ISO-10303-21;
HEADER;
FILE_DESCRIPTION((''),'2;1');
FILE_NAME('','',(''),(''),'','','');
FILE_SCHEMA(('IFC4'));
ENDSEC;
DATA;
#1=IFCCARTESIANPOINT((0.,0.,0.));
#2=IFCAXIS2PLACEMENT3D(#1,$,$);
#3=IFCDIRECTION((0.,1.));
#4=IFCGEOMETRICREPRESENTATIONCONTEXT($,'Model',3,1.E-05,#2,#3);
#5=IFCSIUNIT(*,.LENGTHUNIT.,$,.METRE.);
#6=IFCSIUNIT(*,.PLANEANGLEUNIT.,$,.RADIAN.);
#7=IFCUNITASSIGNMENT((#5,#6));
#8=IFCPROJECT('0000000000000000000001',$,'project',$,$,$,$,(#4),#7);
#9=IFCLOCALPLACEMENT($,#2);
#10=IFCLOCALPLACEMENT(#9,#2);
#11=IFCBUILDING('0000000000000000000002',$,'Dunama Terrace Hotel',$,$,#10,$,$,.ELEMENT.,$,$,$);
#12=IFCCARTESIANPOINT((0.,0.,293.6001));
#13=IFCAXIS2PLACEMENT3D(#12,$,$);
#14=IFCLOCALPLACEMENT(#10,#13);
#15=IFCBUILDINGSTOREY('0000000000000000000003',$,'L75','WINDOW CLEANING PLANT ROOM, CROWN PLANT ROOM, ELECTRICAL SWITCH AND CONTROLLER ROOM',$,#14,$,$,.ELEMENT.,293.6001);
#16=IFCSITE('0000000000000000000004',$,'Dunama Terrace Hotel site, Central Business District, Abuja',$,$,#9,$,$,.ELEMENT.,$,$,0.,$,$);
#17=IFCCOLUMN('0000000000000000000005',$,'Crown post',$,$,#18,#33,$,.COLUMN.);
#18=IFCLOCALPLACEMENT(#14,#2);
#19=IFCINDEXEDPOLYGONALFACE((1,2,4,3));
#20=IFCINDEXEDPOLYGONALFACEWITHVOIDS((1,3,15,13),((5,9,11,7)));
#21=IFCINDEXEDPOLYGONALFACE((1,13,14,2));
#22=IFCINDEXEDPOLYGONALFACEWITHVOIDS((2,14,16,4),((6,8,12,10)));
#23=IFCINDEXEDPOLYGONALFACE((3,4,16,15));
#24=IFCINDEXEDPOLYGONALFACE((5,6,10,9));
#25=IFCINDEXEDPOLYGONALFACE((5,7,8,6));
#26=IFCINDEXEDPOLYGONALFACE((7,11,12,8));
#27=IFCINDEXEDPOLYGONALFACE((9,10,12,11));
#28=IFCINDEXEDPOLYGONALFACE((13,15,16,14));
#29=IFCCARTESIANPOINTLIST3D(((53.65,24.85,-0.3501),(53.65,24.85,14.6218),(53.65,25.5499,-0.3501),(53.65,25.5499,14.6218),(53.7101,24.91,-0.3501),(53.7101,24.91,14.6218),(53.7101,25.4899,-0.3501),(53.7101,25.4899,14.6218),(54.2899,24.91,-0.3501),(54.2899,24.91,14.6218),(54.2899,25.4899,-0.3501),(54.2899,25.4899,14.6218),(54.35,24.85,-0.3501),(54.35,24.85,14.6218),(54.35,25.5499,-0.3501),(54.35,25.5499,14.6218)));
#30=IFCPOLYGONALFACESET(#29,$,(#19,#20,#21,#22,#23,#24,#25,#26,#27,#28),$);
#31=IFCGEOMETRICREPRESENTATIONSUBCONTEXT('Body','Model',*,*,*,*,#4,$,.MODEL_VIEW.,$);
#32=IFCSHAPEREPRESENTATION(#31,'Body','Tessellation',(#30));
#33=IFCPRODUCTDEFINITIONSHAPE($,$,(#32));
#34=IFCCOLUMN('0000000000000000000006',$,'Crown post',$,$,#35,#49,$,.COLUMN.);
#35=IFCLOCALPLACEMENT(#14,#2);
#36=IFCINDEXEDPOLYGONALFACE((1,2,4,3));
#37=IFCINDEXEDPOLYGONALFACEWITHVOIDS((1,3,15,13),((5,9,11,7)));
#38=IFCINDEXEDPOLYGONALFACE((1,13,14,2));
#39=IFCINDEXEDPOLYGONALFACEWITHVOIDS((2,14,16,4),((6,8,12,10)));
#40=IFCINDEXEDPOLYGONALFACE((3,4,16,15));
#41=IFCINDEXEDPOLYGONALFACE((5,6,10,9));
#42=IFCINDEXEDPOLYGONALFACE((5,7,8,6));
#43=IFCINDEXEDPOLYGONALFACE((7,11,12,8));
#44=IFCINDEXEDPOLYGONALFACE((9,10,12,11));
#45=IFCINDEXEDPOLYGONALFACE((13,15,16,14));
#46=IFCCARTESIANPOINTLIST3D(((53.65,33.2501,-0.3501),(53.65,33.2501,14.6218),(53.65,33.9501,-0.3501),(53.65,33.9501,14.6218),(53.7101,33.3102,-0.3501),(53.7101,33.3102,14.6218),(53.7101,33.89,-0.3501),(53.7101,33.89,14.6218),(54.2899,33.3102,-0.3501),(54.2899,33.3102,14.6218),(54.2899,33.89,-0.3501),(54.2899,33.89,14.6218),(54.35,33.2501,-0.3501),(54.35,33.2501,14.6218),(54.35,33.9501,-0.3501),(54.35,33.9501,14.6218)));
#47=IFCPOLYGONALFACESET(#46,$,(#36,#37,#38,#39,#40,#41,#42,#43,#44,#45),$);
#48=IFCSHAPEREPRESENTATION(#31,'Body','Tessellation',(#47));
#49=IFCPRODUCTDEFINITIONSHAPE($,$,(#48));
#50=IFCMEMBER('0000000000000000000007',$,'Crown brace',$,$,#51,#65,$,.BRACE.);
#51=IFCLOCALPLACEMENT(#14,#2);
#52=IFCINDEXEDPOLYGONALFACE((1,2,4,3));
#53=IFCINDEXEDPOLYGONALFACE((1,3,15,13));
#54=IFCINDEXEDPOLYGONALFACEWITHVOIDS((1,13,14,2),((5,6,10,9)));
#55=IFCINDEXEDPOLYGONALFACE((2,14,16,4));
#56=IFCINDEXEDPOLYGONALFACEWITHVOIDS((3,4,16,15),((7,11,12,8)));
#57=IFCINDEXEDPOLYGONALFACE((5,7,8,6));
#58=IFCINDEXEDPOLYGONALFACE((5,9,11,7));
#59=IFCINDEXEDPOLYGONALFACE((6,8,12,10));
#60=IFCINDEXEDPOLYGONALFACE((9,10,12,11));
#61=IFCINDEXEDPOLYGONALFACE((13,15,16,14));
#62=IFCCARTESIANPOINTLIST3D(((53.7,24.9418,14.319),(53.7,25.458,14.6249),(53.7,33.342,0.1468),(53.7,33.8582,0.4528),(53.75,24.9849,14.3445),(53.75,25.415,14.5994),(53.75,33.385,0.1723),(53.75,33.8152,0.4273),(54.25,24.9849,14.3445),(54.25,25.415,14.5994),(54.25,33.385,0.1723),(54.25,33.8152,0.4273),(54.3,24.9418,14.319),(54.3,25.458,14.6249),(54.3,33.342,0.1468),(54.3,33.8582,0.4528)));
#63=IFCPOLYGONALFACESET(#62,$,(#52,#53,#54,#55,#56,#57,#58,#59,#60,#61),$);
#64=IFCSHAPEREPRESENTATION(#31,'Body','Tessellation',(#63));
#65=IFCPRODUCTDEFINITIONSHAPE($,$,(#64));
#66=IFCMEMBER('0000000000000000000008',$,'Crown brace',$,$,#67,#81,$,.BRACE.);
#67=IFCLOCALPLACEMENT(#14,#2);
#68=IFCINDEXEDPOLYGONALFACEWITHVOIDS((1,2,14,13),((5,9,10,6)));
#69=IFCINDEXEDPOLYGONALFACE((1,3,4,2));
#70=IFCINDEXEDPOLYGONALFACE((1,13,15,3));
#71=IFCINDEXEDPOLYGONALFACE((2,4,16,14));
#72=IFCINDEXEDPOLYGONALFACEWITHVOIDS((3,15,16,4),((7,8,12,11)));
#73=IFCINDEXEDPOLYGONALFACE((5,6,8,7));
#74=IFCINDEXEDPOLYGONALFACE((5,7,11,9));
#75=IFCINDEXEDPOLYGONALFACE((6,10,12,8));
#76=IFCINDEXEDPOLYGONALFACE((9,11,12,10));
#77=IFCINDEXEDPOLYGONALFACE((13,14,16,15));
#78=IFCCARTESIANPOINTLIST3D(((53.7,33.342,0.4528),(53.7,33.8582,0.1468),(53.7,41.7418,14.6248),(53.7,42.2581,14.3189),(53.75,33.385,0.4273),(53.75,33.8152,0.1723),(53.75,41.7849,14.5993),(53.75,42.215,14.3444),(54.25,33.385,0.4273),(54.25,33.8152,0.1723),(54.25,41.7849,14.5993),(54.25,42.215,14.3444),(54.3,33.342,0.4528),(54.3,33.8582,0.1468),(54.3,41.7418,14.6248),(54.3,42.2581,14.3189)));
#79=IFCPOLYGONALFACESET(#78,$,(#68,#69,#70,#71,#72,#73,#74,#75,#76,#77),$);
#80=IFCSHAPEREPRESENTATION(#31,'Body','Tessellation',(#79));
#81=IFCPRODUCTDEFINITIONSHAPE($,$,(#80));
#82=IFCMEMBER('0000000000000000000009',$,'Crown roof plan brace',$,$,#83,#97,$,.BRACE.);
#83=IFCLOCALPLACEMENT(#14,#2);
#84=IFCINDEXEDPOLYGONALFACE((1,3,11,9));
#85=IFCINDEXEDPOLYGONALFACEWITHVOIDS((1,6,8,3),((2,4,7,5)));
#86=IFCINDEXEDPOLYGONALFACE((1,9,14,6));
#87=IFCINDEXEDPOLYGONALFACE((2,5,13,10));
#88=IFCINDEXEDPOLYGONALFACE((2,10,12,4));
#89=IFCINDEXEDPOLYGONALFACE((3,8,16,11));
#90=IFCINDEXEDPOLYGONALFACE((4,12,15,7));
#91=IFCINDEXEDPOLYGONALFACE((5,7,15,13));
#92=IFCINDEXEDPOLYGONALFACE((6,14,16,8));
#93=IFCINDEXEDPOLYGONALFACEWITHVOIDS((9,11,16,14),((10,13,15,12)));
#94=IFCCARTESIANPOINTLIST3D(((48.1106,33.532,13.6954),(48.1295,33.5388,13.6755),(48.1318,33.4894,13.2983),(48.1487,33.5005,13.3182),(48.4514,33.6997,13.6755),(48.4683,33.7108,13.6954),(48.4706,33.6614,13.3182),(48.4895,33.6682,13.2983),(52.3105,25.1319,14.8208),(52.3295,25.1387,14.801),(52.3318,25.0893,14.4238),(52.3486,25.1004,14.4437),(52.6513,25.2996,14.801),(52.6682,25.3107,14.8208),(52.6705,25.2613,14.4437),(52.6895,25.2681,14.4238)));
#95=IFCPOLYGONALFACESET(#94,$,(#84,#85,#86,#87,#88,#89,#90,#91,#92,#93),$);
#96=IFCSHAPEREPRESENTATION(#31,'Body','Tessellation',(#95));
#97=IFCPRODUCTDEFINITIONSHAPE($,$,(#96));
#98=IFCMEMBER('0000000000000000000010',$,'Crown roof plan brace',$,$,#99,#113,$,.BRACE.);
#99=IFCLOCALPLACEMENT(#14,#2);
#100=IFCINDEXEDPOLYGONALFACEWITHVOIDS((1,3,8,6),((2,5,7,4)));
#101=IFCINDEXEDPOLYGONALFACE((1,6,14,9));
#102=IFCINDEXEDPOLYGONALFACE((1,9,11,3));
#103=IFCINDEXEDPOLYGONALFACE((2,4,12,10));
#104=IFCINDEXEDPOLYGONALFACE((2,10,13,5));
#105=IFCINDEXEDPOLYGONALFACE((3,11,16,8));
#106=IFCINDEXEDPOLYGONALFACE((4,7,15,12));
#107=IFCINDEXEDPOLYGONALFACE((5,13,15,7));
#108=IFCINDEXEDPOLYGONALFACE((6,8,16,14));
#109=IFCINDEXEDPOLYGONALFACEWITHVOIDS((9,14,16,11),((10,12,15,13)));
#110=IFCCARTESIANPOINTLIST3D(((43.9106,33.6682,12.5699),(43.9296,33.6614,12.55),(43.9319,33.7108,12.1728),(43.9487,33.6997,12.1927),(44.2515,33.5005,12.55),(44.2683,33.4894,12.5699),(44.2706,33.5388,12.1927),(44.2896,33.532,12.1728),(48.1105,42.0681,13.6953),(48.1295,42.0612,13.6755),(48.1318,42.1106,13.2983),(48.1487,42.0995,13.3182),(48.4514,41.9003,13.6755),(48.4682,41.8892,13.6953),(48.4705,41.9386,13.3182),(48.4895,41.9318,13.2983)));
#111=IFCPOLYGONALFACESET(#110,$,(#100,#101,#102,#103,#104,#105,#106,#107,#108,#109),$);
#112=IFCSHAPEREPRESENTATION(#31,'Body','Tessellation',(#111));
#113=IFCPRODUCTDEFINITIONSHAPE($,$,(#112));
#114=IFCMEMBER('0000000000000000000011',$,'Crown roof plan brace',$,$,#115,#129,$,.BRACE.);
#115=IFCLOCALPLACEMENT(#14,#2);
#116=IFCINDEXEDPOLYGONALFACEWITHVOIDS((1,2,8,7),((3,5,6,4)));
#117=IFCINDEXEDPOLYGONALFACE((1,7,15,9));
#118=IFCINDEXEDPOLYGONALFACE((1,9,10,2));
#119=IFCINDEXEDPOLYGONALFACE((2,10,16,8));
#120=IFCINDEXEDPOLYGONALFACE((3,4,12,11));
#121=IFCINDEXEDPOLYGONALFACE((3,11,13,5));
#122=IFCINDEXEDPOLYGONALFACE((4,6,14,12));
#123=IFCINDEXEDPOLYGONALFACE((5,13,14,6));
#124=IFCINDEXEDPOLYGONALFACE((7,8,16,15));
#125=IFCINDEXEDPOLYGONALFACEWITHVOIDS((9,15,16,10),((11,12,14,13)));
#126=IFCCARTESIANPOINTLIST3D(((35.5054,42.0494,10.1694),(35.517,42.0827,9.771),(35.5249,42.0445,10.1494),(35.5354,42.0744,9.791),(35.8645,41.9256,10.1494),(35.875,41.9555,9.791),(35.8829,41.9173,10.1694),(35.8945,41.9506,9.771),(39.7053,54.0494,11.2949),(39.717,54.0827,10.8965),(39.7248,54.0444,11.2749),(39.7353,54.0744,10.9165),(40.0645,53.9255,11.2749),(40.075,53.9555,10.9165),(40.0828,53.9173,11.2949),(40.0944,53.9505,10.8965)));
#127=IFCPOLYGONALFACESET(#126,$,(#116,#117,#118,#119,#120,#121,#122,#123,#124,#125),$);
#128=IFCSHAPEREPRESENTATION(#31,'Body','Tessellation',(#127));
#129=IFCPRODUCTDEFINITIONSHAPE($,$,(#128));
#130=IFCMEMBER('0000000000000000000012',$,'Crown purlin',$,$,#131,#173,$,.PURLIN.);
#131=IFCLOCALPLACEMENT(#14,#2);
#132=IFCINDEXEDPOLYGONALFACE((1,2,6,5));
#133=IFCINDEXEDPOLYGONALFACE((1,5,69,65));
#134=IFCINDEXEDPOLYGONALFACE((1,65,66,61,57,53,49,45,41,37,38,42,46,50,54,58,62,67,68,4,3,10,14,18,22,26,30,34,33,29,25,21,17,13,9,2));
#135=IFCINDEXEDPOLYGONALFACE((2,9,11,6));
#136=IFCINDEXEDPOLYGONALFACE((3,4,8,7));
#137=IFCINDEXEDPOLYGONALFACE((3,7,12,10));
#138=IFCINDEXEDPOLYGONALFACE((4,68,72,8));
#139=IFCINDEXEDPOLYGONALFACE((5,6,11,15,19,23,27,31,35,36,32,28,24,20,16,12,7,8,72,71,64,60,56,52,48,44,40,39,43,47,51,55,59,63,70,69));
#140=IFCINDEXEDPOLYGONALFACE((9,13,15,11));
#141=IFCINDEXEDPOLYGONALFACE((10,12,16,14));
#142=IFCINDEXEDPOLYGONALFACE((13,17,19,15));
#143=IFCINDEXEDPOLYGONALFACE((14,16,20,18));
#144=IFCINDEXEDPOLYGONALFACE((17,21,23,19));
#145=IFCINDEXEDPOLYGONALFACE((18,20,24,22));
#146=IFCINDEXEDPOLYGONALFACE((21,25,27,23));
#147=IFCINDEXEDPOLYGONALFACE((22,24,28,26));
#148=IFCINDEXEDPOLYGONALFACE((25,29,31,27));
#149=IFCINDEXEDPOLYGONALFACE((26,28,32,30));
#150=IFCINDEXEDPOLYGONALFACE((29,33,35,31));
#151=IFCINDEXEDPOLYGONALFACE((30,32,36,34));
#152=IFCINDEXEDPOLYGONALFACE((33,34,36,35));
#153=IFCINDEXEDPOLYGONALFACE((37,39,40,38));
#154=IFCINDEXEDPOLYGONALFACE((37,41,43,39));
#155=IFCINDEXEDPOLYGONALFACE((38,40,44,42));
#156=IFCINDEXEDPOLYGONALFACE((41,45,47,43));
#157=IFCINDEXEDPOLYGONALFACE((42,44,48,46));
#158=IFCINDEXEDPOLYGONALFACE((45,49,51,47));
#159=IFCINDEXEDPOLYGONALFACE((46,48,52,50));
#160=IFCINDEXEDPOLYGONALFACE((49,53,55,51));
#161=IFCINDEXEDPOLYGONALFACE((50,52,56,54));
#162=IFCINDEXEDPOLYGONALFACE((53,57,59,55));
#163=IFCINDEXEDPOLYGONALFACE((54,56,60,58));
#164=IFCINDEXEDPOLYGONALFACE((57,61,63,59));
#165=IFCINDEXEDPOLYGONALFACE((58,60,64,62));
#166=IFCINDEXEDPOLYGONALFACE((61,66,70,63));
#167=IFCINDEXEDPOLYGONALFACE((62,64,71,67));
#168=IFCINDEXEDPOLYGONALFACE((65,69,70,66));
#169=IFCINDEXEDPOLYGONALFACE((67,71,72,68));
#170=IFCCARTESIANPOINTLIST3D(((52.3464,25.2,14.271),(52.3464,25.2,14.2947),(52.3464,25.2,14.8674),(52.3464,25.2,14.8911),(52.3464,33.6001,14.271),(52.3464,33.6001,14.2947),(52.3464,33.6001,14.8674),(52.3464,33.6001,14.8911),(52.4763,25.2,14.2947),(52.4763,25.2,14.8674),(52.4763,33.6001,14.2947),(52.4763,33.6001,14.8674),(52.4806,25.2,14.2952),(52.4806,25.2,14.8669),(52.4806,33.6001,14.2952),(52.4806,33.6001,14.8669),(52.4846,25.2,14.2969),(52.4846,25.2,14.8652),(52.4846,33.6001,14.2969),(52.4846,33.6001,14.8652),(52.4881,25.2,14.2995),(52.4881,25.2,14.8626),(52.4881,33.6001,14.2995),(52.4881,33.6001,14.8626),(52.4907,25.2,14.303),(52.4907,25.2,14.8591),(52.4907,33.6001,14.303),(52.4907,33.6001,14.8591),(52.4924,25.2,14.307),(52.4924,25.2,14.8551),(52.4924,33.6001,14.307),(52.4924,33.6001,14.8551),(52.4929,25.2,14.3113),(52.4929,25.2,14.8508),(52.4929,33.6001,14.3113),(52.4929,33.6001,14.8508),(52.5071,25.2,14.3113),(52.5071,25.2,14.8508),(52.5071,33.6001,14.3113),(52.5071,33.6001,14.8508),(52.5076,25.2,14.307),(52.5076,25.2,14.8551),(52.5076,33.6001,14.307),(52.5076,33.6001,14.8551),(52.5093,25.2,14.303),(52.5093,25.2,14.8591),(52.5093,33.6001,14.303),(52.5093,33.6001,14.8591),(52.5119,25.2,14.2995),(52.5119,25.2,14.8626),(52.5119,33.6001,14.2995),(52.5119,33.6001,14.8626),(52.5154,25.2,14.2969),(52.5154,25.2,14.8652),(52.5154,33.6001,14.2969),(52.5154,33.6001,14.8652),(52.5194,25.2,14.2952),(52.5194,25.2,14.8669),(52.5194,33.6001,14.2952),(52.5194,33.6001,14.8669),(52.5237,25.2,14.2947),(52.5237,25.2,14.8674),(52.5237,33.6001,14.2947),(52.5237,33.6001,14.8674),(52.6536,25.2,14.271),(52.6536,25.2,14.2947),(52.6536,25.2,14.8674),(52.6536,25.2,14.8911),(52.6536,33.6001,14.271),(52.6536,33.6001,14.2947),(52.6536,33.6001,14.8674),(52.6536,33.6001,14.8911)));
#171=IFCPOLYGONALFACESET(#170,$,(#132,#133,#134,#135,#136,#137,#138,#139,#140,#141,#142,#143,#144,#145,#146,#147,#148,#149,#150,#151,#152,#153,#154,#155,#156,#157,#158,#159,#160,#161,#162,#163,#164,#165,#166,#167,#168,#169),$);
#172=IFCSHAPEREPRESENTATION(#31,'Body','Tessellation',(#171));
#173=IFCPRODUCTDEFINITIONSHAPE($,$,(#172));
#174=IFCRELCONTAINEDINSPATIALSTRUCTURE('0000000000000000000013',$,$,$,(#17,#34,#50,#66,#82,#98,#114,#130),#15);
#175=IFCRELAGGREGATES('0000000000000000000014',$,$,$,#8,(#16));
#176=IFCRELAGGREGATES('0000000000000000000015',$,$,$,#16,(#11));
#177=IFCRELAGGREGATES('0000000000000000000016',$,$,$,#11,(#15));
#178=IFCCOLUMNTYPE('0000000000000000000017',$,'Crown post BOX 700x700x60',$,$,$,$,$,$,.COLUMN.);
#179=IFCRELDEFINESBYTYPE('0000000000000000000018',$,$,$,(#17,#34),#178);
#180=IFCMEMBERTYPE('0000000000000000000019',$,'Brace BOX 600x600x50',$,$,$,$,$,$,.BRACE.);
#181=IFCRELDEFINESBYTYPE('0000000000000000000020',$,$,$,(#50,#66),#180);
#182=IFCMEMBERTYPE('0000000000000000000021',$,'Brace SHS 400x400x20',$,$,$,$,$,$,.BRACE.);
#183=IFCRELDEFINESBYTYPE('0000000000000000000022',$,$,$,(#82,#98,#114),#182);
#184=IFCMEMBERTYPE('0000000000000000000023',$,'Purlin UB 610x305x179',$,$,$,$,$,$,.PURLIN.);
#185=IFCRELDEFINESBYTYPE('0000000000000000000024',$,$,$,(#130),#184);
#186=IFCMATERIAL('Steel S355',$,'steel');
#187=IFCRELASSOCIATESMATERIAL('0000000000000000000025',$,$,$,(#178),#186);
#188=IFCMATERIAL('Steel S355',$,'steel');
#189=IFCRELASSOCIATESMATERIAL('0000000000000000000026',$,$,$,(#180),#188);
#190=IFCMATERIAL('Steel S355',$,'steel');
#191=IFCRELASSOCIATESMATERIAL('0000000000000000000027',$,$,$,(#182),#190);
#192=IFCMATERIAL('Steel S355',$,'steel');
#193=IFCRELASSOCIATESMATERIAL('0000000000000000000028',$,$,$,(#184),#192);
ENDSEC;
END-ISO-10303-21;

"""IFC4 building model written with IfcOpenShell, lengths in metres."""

from ifc_helpers import new_model, si_unit, direction, frame, origin, origin_2d, place, context, subcontext, project, spatial, hollow_rectangle, i_section, extrude, material, material_profile, profile_set, type_object, element, save


model = new_model("IFC4")

# Units and contexts
model_context = context("Model", 3, precision=1e-05, world=origin(), true_north=direction((0.0, 1.0)))
body_context = subcontext(model_context, "Body", "Model", "MODEL_VIEW")
ifc_project = project(units=[si_unit("LENGTHUNIT", "METRE"), si_unit("PLANEANGLEUNIT", "RADIAN")], contexts=[model_context])

# Site, building, storey
site_placement = place(None, origin())
site = spatial("IfcSite", under=ifc_project, at=site_placement, Name="Dunama Terrace Hotel site, Central Business District, Abuja", CompositionType="ELEMENT", RefElevation=0.0)
building_placement = place(site_placement, origin())
building = spatial("IfcBuilding", under=site, at=building_placement, Name="Dunama Terrace Hotel", CompositionType="ELEMENT")
storey_placement = place(building_placement, frame((0.0, 0.0, 293.6001)))
storey = spatial("IfcBuildingStorey", under=building, at=storey_placement, Name="L75", Description="WINDOW CLEANING PLANT ROOM, CROWN PLANT ROOM, ELECTRICAL SWITCH AND CONTROLLER ROOM", CompositionType="ELEMENT", Elevation=293.6001)

# Columns
ifc_material_1 = material(Name="Steel S355", Category="steel")
ifc_material_profile_1 = material_profile(ifc_material_1, hollow_rectangle(XDim=0.7, YDim=0.7, WallThickness=0.0601, at=origin_2d()), Name="BOX 700x700x60")
ifc_profile_set_1 = profile_set([ifc_material_profile_1], Name="Steel S355")
column_type = type_object("IfcColumnType", Name="Crown post BOX 700x700x60", PredefinedType="COLUMN", material=ifc_profile_set_1)
for number, where, z_axis, x_axis, name in (
    (1, (54.0, 25.2, -0.3501), (0.0, 0.0, 1.0), (1.0, 0.0, 0.0), "Crown post"),
    (2, (54.0, 33.6001, -0.3501), (0.0, 0.0, 1.0), (1.0, 0.0, 0.0), "Crown post"),
):
    element("IfcColumn", number, at=place(storey_placement, frame(where, z_axis=z_axis, x_axis=x_axis)), inside=storey, type_object=column_type, Name=name, PredefinedType="COLUMN", context=body_context, shape_type="SweptSolid", body=[
        extrude(hollow_rectangle(XDim=0.7, YDim=0.7, WallThickness=0.0601, at=origin_2d()), origin(), (0.0, 0.0, 1.0), 14.9719),
    ])

# Members
ifc_material_2 = material(Name="Steel S355", Category="steel")
ifc_material_profile_2 = material_profile(ifc_material_2, hollow_rectangle(XDim=0.6001, YDim=0.6001, WallThickness=0.05, at=origin_2d()), Name="BOX 600x600x50")
ifc_profile_set_2 = profile_set([ifc_material_profile_2], Name="Steel S355")
member_type_1 = type_object("IfcMemberType", Name="Brace BOX 600x600x50", PredefinedType="BRACE", material=ifc_profile_set_2)
member_1_placement = place(storey_placement, frame((54.0, 33.6001, 0.2998), z_axis=(0.0, -0.509886, 0.860242), x_axis=(1.0, 0.0, 0.0)))
element("IfcMember", 3, at=member_1_placement, inside=storey, type_object=member_type_1, Name="Crown brace", PredefinedType="BRACE", context=body_context, shape_type="SweptSolid", body=[
    extrude(hollow_rectangle(XDim=0.6001, YDim=0.6001, WallThickness=0.05, at=origin_2d()), origin(), (0.0, 0.0, 1.0), 16.4746),
])
member_2_placement = place(storey_placement, frame((54.0, 33.6001, 0.2998), z_axis=(0.0, 0.509875, 0.860249), x_axis=(-1.0, 0.0, 0.0)))
element("IfcMember", 4, at=member_2_placement, inside=storey, type_object=member_type_1, Name="Crown brace", PredefinedType="BRACE", context=body_context, shape_type="SweptSolid", body=[
    extrude(hollow_rectangle(XDim=0.6001, YDim=0.6001, WallThickness=0.05, at=origin_2d()), origin(), (0.0, 0.0, 1.0), 16.4744),
])
ifc_material_3 = material(Name="Steel S355", Category="steel")
ifc_material_profile_3 = material_profile(ifc_material_3, hollow_rectangle(XDim=0.3999, YDim=0.3999, WallThickness=0.02, at=origin_2d()), Name="SHS 400x400x20")
ifc_profile_set_3 = profile_set([ifc_material_profile_3], Name="Steel S355")
member_type_2 = type_object("IfcMemberType", Name="Brace SHS 400x400x20", PredefinedType="BRACE", material=ifc_profile_set_3)
member_3_placement = place(storey_placement, frame((48.3, 33.6001, 13.4968), z_axis=(0.444026, -0.888078, 0.118989), x_axis=(0.894432, 0.447203, 0.0)))
element("IfcMember", 5, at=member_3_placement, inside=storey, type_object=member_type_2, Name="Crown roof plan brace", PredefinedType="BRACE", context=body_context, shape_type="SweptSolid", body=[
    extrude(hollow_rectangle(XDim=0.3999, YDim=0.3999, WallThickness=0.02, at=origin_2d()), origin(), (0.0, 0.0, 1.0), 9.4587),
])
member_4_placement = place(storey_placement, frame((44.1001, 33.6001, 12.3713), z_axis=(0.444036, 0.888073, 0.118991), x_axis=(-0.894427, 0.447214, 0.0)))
element("IfcMember", 6, at=member_4_placement, inside=storey, type_object=member_type_2, Name="Crown roof plan brace", PredefinedType="BRACE", context=body_context, shape_type="SweptSolid", body=[
    extrude(hollow_rectangle(XDim=0.3999, YDim=0.3999, WallThickness=0.02, at=origin_2d()), origin(), (0.0, 0.0, 1.0), 9.4585),
])
member_5_placement = place(storey_placement, frame((35.7, 42.0, 9.9702), z_axis=(0.32906, 0.940183, 0.08818), x_axis=(-0.94386, 0.330347, 0.0)))
element("IfcMember", 7, at=member_5_placement, inside=storey, type_object=member_type_2, Name="Crown roof plan brace", PredefinedType="BRACE", context=body_context, shape_type="SweptSolid", body=[
    extrude(hollow_rectangle(XDim=0.3999, YDim=0.3999, WallThickness=0.02, at=origin_2d()), origin(), (0.0, 0.0, 1.0), 12.7634),
])
ifc_material_4 = material(Name="Steel S355", Category="steel")
ifc_material_profile_4 = material_profile(ifc_material_4, i_section(OverallWidth=0.3071, OverallDepth=0.6201, WebThickness=0.0142, FlangeThickness=0.0237, FilletRadius=0.0166, at=origin_2d()), Name="UB 610x305x179")
ifc_profile_set_4 = profile_set([ifc_material_profile_4], Name="Steel S355")
member_type_3 = type_object("IfcMemberType", Name="Purlin UB 610x305x179", PredefinedType="PURLIN", material=ifc_profile_set_4)
member_6_placement = place(storey_placement, frame((52.5, 25.2, 14.5811), z_axis=(0.0, 1.0, 0.0), x_axis=(-1.0, 0.0, 0.0)))
element("IfcMember", 8, at=member_6_placement, inside=storey, type_object=member_type_3, Name="Crown purlin", PredefinedType="PURLIN", context=body_context, shape_type="SweptSolid", body=[
    extrude(i_section(OverallWidth=0.3071, OverallDepth=0.6201, WebThickness=0.0142, FlangeThickness=0.0237, FilletRadius=0.0166, at=origin_2d()), origin(), (0.0, 0.0, 1.0), 8.4001),
])

save(model, "model.ifc")
